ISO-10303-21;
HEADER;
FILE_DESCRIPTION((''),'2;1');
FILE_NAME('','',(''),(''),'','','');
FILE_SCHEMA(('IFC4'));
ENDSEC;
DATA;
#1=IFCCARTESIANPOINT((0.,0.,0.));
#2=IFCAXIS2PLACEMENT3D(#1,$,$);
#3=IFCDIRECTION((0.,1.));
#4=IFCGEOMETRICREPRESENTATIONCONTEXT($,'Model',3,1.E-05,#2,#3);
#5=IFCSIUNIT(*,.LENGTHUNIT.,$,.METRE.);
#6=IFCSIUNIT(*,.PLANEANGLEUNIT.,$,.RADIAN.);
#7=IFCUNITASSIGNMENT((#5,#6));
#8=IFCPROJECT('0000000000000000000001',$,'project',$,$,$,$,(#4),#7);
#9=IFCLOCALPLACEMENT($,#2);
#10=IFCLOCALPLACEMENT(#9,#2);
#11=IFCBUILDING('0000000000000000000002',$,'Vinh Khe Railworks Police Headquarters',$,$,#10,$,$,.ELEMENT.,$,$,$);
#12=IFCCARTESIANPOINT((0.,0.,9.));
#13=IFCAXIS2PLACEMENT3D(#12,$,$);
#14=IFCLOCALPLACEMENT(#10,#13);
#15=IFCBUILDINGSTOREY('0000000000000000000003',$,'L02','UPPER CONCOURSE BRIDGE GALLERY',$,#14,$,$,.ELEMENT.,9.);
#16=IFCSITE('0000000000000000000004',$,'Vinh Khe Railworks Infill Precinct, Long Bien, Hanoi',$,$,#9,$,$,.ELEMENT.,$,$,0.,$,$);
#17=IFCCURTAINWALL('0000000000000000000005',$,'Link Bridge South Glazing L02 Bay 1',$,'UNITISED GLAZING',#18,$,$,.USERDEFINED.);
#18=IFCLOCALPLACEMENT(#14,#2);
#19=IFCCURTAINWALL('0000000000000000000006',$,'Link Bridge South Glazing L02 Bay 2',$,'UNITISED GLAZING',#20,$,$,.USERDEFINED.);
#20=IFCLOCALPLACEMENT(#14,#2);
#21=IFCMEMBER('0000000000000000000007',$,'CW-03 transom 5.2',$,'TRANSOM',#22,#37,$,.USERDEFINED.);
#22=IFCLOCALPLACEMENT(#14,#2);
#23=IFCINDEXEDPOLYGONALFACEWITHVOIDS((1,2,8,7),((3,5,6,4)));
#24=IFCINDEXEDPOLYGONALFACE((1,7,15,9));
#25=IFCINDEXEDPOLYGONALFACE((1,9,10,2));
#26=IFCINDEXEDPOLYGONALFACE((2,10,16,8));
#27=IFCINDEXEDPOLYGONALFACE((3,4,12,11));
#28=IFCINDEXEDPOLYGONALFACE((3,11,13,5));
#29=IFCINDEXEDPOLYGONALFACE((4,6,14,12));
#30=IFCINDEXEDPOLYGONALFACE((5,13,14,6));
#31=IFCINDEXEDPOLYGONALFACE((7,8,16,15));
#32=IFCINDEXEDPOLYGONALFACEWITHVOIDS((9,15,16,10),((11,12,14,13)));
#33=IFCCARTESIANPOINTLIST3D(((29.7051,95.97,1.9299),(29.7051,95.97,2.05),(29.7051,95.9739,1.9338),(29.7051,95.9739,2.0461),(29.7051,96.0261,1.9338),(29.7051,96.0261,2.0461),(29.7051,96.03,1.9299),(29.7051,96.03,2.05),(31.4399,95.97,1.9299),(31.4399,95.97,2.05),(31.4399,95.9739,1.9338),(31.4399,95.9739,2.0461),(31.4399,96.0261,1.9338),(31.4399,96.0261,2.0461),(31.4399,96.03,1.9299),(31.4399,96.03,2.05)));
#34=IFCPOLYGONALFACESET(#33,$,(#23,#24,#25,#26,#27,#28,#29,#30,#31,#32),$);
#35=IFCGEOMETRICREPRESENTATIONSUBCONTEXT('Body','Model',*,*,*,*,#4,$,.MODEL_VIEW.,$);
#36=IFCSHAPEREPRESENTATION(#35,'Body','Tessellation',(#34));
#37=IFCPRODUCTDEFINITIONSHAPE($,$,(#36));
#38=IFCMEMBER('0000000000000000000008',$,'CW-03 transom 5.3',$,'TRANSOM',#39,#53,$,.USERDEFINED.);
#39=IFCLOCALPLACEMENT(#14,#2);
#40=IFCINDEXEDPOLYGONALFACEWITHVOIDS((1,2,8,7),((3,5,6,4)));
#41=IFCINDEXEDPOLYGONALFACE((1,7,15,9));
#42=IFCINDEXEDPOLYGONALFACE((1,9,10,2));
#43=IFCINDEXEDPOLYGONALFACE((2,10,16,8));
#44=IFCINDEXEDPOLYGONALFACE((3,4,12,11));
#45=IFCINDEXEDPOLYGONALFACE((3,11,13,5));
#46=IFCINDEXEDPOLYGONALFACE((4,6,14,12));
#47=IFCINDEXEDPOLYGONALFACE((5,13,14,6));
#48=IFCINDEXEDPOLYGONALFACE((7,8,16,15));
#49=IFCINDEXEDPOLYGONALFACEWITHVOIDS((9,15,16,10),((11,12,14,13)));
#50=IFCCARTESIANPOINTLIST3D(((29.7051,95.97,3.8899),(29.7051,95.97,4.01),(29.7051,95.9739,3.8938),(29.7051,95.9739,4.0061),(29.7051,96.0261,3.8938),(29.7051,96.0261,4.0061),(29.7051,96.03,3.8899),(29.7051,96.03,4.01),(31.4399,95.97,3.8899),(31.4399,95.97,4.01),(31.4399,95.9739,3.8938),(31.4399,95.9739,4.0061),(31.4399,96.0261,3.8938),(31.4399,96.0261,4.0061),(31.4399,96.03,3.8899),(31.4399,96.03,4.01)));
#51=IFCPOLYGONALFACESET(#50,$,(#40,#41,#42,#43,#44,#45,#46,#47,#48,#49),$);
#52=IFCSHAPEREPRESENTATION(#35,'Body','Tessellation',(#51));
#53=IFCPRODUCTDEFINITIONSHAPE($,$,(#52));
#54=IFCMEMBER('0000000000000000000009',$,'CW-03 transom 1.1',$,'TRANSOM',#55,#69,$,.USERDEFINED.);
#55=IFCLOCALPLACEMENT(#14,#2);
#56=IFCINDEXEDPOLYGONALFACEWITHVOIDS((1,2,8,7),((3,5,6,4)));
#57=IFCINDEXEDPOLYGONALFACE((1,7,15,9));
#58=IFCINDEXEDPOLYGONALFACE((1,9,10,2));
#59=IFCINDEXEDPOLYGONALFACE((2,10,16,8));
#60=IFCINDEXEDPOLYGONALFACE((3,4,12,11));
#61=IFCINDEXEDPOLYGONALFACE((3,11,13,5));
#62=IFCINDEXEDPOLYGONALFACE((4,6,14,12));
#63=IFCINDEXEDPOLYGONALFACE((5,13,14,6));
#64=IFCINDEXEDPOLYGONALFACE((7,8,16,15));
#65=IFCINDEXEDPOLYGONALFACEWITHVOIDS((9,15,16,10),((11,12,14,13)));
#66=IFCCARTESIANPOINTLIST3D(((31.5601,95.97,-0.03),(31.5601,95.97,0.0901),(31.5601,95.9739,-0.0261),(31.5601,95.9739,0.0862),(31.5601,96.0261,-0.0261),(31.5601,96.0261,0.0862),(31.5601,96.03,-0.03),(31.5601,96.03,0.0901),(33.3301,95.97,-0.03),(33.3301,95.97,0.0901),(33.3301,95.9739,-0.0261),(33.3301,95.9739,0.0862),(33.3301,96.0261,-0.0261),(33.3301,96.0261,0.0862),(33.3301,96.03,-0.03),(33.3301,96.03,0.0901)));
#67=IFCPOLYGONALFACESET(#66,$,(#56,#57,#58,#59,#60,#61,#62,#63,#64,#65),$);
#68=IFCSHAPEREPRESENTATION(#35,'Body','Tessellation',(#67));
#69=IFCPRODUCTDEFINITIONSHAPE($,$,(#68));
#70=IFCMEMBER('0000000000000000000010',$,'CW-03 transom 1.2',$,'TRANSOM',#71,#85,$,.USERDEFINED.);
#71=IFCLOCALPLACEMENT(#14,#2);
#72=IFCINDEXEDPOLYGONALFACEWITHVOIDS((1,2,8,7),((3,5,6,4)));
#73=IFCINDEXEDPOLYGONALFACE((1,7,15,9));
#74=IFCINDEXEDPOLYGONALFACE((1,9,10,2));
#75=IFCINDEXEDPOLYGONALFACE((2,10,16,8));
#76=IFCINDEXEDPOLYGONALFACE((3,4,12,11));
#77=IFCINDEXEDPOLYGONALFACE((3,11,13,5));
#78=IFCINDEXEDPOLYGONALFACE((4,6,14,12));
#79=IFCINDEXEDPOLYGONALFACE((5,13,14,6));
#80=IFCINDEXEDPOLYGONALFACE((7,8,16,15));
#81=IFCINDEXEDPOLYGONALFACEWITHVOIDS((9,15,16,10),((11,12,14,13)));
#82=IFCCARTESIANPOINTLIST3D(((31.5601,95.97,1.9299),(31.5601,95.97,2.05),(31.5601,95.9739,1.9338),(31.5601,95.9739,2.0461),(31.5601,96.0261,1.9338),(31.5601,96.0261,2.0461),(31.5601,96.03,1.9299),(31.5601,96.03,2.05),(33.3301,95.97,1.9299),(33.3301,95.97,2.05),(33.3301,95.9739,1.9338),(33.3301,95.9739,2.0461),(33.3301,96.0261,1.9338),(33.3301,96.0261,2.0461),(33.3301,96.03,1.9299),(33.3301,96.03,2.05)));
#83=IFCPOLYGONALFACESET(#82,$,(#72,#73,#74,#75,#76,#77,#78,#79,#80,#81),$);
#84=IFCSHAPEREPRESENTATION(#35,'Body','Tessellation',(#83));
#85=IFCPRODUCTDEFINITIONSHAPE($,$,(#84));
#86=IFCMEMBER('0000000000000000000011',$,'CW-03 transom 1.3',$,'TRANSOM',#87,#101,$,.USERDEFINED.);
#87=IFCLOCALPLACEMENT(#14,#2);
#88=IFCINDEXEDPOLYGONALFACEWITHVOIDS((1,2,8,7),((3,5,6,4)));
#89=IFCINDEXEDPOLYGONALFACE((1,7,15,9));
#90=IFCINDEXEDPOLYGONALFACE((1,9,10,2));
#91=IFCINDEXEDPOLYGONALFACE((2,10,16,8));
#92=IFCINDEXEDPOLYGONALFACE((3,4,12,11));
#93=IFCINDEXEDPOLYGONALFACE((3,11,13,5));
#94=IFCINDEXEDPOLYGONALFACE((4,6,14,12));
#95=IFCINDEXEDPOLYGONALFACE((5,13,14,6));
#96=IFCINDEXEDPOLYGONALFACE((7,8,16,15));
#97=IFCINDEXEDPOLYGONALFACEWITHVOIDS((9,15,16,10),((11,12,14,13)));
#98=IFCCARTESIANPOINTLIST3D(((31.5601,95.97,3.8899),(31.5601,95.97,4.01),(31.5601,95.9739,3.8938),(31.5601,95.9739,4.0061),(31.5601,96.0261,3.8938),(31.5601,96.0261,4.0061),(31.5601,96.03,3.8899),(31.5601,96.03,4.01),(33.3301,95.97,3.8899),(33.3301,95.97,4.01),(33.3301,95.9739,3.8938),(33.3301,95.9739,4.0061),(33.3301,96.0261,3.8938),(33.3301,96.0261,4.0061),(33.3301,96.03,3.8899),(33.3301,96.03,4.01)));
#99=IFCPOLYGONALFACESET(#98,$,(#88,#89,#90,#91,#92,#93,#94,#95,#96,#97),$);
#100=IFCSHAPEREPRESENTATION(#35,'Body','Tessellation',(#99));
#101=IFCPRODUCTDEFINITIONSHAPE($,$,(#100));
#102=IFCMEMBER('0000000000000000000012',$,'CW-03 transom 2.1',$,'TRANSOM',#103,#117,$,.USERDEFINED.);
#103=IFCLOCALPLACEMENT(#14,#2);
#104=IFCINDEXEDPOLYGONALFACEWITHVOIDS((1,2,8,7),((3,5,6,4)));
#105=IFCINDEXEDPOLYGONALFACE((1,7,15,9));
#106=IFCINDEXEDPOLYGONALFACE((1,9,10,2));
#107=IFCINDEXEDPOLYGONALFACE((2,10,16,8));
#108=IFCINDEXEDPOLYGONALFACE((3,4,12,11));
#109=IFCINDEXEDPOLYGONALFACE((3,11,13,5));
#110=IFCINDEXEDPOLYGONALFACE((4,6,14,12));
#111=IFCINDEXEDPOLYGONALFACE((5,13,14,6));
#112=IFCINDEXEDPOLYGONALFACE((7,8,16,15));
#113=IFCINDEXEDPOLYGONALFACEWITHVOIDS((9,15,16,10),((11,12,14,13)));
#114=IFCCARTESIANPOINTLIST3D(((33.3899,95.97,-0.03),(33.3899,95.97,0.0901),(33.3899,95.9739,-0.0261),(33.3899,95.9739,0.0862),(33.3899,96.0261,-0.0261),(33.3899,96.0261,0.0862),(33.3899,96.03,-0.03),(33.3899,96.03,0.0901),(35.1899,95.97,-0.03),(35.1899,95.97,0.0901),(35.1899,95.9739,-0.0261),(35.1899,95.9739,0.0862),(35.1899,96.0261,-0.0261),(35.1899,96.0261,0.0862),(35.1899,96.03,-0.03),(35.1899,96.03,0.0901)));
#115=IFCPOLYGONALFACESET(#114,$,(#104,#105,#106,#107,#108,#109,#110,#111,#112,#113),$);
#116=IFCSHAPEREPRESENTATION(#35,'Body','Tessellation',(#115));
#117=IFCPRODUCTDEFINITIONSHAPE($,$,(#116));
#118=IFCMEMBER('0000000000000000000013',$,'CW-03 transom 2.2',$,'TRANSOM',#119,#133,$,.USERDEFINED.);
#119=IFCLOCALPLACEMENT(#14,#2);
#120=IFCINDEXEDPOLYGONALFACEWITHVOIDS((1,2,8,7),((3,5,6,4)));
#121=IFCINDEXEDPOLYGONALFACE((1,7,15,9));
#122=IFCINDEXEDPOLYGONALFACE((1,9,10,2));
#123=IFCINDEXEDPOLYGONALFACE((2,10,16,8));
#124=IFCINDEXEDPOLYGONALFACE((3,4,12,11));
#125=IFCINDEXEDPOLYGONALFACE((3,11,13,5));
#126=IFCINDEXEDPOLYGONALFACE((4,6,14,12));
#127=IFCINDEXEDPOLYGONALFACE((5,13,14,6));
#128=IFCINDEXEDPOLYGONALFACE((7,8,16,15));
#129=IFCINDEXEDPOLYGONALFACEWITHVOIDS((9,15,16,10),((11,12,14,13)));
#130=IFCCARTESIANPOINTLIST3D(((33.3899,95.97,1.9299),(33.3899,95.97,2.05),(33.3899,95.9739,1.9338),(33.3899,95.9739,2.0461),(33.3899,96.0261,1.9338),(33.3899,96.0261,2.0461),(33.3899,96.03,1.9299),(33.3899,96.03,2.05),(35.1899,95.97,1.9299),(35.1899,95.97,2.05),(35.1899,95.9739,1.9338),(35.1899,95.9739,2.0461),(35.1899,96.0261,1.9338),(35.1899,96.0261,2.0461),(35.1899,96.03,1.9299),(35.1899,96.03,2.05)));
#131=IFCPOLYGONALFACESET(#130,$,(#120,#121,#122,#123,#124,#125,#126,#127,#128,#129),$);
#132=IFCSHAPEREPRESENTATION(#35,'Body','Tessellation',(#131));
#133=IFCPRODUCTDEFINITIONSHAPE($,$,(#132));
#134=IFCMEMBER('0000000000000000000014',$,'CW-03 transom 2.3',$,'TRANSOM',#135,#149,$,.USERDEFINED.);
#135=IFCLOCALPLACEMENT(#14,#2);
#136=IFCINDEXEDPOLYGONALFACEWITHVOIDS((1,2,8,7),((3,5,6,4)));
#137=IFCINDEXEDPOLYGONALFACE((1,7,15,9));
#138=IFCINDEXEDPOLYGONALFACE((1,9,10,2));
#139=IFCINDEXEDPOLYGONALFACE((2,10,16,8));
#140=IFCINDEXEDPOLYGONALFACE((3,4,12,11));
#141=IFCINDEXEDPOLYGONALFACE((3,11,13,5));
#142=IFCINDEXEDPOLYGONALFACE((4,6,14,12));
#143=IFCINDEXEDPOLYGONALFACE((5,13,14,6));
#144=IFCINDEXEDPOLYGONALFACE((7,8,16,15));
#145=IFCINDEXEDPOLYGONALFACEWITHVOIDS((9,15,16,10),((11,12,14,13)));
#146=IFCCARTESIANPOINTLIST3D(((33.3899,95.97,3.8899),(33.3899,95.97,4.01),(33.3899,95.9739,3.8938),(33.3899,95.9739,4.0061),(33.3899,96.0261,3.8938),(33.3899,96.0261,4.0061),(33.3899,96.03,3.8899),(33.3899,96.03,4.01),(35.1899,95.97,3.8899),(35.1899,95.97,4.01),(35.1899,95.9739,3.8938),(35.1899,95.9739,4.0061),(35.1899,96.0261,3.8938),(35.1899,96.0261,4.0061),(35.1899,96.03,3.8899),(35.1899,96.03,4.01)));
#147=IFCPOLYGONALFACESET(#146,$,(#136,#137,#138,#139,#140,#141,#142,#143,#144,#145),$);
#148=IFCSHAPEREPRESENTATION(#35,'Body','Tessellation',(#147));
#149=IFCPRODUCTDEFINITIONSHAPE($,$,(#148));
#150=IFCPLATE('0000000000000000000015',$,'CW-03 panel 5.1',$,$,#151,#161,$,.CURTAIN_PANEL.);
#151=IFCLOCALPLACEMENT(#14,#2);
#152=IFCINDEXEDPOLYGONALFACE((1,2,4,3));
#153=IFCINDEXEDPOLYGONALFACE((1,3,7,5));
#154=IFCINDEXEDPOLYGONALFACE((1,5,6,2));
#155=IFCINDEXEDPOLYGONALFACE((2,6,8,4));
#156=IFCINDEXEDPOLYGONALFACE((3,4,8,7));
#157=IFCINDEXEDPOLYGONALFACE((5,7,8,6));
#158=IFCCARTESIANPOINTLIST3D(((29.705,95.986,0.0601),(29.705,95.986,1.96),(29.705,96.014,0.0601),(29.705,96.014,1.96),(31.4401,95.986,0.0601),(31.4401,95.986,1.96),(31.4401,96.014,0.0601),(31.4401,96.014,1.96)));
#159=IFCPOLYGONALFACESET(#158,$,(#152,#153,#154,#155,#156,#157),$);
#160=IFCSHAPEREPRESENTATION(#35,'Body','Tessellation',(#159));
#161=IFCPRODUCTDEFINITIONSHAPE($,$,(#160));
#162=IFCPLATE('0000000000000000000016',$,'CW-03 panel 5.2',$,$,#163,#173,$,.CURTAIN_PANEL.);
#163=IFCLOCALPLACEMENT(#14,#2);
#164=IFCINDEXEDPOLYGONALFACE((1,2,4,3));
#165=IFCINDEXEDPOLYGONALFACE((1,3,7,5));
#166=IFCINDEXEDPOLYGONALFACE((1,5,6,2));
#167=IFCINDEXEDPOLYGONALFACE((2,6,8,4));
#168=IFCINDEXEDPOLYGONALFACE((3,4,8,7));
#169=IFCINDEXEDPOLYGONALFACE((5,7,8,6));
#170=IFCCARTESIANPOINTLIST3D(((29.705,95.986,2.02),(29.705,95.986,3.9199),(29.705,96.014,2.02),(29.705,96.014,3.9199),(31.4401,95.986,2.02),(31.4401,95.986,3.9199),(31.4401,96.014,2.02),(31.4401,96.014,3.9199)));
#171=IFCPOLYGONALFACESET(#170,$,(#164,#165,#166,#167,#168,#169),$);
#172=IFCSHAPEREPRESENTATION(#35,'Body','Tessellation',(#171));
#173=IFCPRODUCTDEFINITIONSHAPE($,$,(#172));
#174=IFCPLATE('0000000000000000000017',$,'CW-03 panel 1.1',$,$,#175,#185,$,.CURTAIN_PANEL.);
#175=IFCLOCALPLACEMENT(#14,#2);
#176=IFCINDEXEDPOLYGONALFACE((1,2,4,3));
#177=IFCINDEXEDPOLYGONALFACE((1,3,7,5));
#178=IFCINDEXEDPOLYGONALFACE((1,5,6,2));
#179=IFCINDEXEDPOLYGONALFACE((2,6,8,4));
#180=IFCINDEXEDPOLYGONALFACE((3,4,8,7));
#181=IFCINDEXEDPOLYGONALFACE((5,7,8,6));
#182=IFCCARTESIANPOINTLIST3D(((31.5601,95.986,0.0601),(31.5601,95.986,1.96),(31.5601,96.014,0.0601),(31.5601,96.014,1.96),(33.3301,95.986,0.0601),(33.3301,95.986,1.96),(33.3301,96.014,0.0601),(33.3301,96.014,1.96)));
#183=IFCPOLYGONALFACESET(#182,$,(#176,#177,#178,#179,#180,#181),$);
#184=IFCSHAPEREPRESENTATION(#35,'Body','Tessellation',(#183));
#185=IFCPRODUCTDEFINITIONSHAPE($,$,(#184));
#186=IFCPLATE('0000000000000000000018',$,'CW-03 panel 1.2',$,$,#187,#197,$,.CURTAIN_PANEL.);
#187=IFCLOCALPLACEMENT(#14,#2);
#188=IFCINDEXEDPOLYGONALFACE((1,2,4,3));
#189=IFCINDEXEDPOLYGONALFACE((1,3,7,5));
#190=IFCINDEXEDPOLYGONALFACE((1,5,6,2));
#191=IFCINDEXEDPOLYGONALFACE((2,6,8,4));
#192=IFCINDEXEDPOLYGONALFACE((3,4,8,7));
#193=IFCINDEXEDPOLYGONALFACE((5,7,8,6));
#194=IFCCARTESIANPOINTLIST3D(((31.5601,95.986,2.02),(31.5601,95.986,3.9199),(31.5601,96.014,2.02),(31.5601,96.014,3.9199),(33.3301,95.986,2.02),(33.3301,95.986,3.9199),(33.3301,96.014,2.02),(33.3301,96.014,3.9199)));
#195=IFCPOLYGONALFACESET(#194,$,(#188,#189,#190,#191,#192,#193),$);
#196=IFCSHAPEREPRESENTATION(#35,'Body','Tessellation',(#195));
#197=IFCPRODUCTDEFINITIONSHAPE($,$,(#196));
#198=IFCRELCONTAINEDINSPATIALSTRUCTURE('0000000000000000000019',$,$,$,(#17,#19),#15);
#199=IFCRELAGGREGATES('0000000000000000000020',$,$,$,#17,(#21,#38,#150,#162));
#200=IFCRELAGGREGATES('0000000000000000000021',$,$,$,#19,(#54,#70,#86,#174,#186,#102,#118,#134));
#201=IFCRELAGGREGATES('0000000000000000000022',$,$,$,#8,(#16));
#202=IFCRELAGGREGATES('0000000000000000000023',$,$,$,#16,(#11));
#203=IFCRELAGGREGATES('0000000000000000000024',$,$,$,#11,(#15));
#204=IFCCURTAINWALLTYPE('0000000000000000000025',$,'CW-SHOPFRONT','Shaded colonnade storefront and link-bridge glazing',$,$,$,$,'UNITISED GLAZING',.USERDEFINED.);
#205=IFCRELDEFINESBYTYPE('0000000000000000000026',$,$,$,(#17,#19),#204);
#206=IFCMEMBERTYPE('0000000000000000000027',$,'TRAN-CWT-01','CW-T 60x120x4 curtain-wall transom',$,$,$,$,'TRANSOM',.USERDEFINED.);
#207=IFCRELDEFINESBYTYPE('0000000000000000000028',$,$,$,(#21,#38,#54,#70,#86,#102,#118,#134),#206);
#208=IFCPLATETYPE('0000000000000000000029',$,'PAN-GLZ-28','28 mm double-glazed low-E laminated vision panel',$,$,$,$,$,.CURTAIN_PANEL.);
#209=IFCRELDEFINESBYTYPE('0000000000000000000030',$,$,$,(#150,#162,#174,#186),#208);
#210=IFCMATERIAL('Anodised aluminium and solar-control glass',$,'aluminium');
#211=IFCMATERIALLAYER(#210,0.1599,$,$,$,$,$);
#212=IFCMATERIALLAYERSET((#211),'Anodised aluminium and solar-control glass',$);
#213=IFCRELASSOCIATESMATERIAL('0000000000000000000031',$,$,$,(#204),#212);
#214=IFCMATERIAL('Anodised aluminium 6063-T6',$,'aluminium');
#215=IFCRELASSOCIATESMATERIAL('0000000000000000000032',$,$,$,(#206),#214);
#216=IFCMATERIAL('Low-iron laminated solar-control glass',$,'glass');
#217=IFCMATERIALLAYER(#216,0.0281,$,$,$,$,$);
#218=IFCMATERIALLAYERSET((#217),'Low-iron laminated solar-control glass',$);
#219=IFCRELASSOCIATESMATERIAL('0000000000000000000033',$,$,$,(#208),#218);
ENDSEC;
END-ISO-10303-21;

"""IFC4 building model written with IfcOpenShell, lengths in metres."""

from ifc_helpers import new_model, si_unit, direction, frame, origin, origin_2d, place, context, subcontext, project, spatial, rectangle, hollow_rectangle, extrude, material, layer, layer_set, material_profile, profile_set, type_object, element, aggregate, save


model = new_model("IFC4")

# Units and contexts
model_context = context("Model", 3, precision=1e-05, world=origin(), true_north=direction((0.0, 1.0)))
body_context = subcontext(model_context, "Body", "Model", "MODEL_VIEW")
ifc_project = project(units=[si_unit("LENGTHUNIT", "METRE"), si_unit("PLANEANGLEUNIT", "RADIAN")], contexts=[model_context])

# Site, building, storey
site_placement = place(None, origin())
site = spatial("IfcSite", under=ifc_project, at=site_placement, Name="Vinh Khe Railworks Infill Precinct, Long Bien, Hanoi", CompositionType="ELEMENT", RefElevation=0.0)
building_placement = place(site_placement, origin())
building = spatial("IfcBuilding", under=site, at=building_placement, Name="Vinh Khe Railworks Police Headquarters", CompositionType="ELEMENT")
storey_placement = place(building_placement, frame((0.0, 0.0, 9.0)))
storey = spatial("IfcBuildingStorey", under=building, at=storey_placement, Name="L02", Description="UPPER CONCOURSE BRIDGE GALLERY", CompositionType="ELEMENT", Elevation=9.0)

# Curtain wall
ifc_material_1 = material(Name="Anodised aluminium and solar-control glass", Category="aluminium")
ifc_layer_1 = layer(ifc_material_1, 0.1599)
ifc_layer_set_1 = layer_set([ifc_layer_1], Name="Anodised aluminium and solar-control glass")
curtain_wall_type = type_object("IfcCurtainWallType", Name="CW-SHOPFRONT", Description="Shaded colonnade storefront and link-bridge glazing", ElementType="UNITISED GLAZING", PredefinedType="USERDEFINED", material=ifc_layer_set_1)
curtain_wall_1_placement = place(storey_placement, origin())
curtain_wall_1 = element("IfcCurtainWall", 1, at=curtain_wall_1_placement, inside=storey, type_object=curtain_wall_type, Name="Link Bridge South Glazing L02 Bay 1", ObjectType="UNITISED GLAZING", PredefinedType="USERDEFINED")
ifc_material_2 = material(Name="Anodised aluminium 6063-T6", Category="aluminium")

# Curtain wall
curtain_wall_2_placement = place(storey_placement, origin())
curtain_wall_2 = element("IfcCurtainWall", 2, at=curtain_wall_2_placement, inside=storey, type_object=curtain_wall_type, Name="Link Bridge South Glazing L02 Bay 2", ObjectType="UNITISED GLAZING", PredefinedType="USERDEFINED")

# Members
ifc_material_profile_1 = material_profile(ifc_material_2, hollow_rectangle(XDim=0.0601, YDim=0.1201, WallThickness=0.0039, at=origin_2d()), Name="CW-T 60x120x4")
ifc_profile_set_1 = profile_set([ifc_material_profile_1], Name="Anodised aluminium 6063-T6")
member_type_1 = type_object("IfcMemberType", Name="TRAN-CWT-01", Description="CW-T 60x120x4 curtain-wall transom", ElementType="TRANSOM", PredefinedType="USERDEFINED", material=ifc_profile_set_1)
member_1_placement = place(storey_placement, frame((29.7051, 96.0, 1.99), z_axis=(1.0, 0.0, 0.0), x_axis=(0.0, 1.0, 0.0)))
member_1 = element("IfcMember", 3, at=member_1_placement, type_object=member_type_1, Name="CW-03 transom 5.2", ObjectType="TRANSOM", PredefinedType="USERDEFINED", context=body_context, shape_type="SweptSolid", body=[
    extrude(hollow_rectangle(XDim=0.0601, YDim=0.1201, WallThickness=0.0039, at=origin_2d()), origin(), (0.0, 0.0, 1.0), 1.7349),
])
member_2_placement = place(storey_placement, frame((29.7051, 96.0, 3.95), z_axis=(1.0, 0.0, 0.0), x_axis=(0.0, 1.0, 0.0)))
member_2 = element("IfcMember", 4, at=member_2_placement, type_object=member_type_1, Name="CW-03 transom 5.3", ObjectType="TRANSOM", PredefinedType="USERDEFINED", context=body_context, shape_type="SweptSolid", body=[
    extrude(hollow_rectangle(XDim=0.0601, YDim=0.1201, WallThickness=0.0039, at=origin_2d()), origin(), (0.0, 0.0, 1.0), 1.7349),
])
member_3_placement = place(storey_placement, frame((31.5601, 96.0, 0.03), z_axis=(1.0, 0.0, 0.0), x_axis=(0.0, 1.0, 0.0)))
member_3 = element("IfcMember", 5, at=member_3_placement, type_object=member_type_1, Name="CW-03 transom 1.1", ObjectType="TRANSOM", PredefinedType="USERDEFINED", context=body_context, shape_type="SweptSolid", body=[
    extrude(hollow_rectangle(XDim=0.0601, YDim=0.1201, WallThickness=0.0039, at=origin_2d()), origin(), (0.0, 0.0, 1.0), 1.77),
])
member_4_placement = place(storey_placement, frame((31.5601, 96.0, 1.99), z_axis=(1.0, 0.0, 0.0), x_axis=(0.0, 1.0, 0.0)))
member_4 = element("IfcMember", 6, at=member_4_placement, type_object=member_type_1, Name="CW-03 transom 1.2", ObjectType="TRANSOM", PredefinedType="USERDEFINED", context=body_context, shape_type="SweptSolid", body=[
    extrude(hollow_rectangle(XDim=0.0601, YDim=0.1201, WallThickness=0.0039, at=origin_2d()), origin(), (0.0, 0.0, 1.0), 1.77),
])
member_5_placement = place(storey_placement, frame((31.5601, 96.0, 3.95), z_axis=(1.0, 0.0, 0.0), x_axis=(0.0, 1.0, 0.0)))
member_5 = element("IfcMember", 7, at=member_5_placement, type_object=member_type_1, Name="CW-03 transom 1.3", ObjectType="TRANSOM", PredefinedType="USERDEFINED", context=body_context, shape_type="SweptSolid", body=[
    extrude(hollow_rectangle(XDim=0.0601, YDim=0.1201, WallThickness=0.0039, at=origin_2d()), origin(), (0.0, 0.0, 1.0), 1.77),
])
member_6_placement = place(storey_placement, frame((33.3899, 96.0, 0.03), z_axis=(1.0, 0.0, 0.0), x_axis=(0.0, 1.0, 0.0)))
member_6 = element("IfcMember", 8, at=member_6_placement, type_object=member_type_1, Name="CW-03 transom 2.1", ObjectType="TRANSOM", PredefinedType="USERDEFINED", context=body_context, shape_type="SweptSolid", body=[
    extrude(hollow_rectangle(XDim=0.0601, YDim=0.1201, WallThickness=0.0039, at=origin_2d()), origin(), (0.0, 0.0, 1.0), 1.8),
])
member_7_placement = place(storey_placement, frame((33.3899, 96.0, 1.99), z_axis=(1.0, 0.0, 0.0), x_axis=(0.0, 1.0, 0.0)))
member_7 = element("IfcMember", 9, at=member_7_placement, type_object=member_type_1, Name="CW-03 transom 2.2", ObjectType="TRANSOM", PredefinedType="USERDEFINED", context=body_context, shape_type="SweptSolid", body=[
    extrude(hollow_rectangle(XDim=0.0601, YDim=0.1201, WallThickness=0.0039, at=origin_2d()), origin(), (0.0, 0.0, 1.0), 1.8),
])
member_8_placement = place(storey_placement, frame((33.3899, 96.0, 3.95), z_axis=(1.0, 0.0, 0.0), x_axis=(0.0, 1.0, 0.0)))
member_8 = element("IfcMember", 10, at=member_8_placement, type_object=member_type_1, Name="CW-03 transom 2.3", ObjectType="TRANSOM", PredefinedType="USERDEFINED", context=body_context, shape_type="SweptSolid", body=[
    extrude(hollow_rectangle(XDim=0.0601, YDim=0.1201, WallThickness=0.0039, at=origin_2d()), origin(), (0.0, 0.0, 1.0), 1.8),
])

# Plates
ifc_material_3 = material(Name="Low-iron laminated solar-control glass", Category="glass")
ifc_layer_2 = layer(ifc_material_3, 0.0281)
ifc_layer_set_2 = layer_set([ifc_layer_2], Name="Low-iron laminated solar-control glass")
plate_type = type_object("IfcPlateType", Name="PAN-GLZ-28", Description="28 mm double-glazed low-E laminated vision panel", PredefinedType="CURTAIN_PANEL", material=ifc_layer_set_2)
plate_1_placement = place(storey_placement, frame((30.5725, 96.0, 0.0601), z_axis=(0.0, 0.0, 1.0), x_axis=(1.0, 0.0, 0.0)))
plate_1 = element("IfcPlate", 11, at=plate_1_placement, type_object=plate_type, Name="CW-03 panel 5.1", PredefinedType="CURTAIN_PANEL", context=body_context, shape_type="SweptSolid", body=[
    extrude(rectangle(XDim=1.7351, YDim=0.0281, at=origin_2d()), origin(), (0.0, 0.0, 1.0), 1.8999),
])
plate_2_placement = place(storey_placement, frame((30.5725, 96.0, 2.02), z_axis=(0.0, 0.0, 1.0), x_axis=(1.0, 0.0, 0.0)))
plate_2 = element("IfcPlate", 12, at=plate_2_placement, type_object=plate_type, Name="CW-03 panel 5.2", PredefinedType="CURTAIN_PANEL", context=body_context, shape_type="SweptSolid", body=[
    extrude(rectangle(XDim=1.7351, YDim=0.0281, at=origin_2d()), origin(), (0.0, 0.0, 1.0), 1.8999),
])
aggregate(curtain_wall_1, [member_1, member_2, plate_1, plate_2])
plate_3_placement = place(storey_placement, frame((32.4451, 96.0, 0.0601), z_axis=(0.0, 0.0, 1.0), x_axis=(1.0, 0.0, 0.0)))
plate_3 = element("IfcPlate", 13, at=plate_3_placement, type_object=plate_type, Name="CW-03 panel 1.1", PredefinedType="CURTAIN_PANEL", context=body_context, shape_type="SweptSolid", body=[
    extrude(rectangle(XDim=1.77, YDim=0.0281, at=origin_2d()), origin(), (0.0, 0.0, 1.0), 1.8999),
])
plate_4_placement = place(storey_placement, frame((32.4451, 96.0, 2.02), z_axis=(0.0, 0.0, 1.0), x_axis=(1.0, 0.0, 0.0)))
plate_4 = element("IfcPlate", 14, at=plate_4_placement, type_object=plate_type, Name="CW-03 panel 1.2", PredefinedType="CURTAIN_PANEL", context=body_context, shape_type="SweptSolid", body=[
    extrude(rectangle(XDim=1.77, YDim=0.0281, at=origin_2d()), origin(), (0.0, 0.0, 1.0), 1.8999),
])
aggregate(curtain_wall_2, [member_3, member_4, member_5, plate_3, plate_4, member_6, member_7, member_8])

save(model, "model.ifc")
